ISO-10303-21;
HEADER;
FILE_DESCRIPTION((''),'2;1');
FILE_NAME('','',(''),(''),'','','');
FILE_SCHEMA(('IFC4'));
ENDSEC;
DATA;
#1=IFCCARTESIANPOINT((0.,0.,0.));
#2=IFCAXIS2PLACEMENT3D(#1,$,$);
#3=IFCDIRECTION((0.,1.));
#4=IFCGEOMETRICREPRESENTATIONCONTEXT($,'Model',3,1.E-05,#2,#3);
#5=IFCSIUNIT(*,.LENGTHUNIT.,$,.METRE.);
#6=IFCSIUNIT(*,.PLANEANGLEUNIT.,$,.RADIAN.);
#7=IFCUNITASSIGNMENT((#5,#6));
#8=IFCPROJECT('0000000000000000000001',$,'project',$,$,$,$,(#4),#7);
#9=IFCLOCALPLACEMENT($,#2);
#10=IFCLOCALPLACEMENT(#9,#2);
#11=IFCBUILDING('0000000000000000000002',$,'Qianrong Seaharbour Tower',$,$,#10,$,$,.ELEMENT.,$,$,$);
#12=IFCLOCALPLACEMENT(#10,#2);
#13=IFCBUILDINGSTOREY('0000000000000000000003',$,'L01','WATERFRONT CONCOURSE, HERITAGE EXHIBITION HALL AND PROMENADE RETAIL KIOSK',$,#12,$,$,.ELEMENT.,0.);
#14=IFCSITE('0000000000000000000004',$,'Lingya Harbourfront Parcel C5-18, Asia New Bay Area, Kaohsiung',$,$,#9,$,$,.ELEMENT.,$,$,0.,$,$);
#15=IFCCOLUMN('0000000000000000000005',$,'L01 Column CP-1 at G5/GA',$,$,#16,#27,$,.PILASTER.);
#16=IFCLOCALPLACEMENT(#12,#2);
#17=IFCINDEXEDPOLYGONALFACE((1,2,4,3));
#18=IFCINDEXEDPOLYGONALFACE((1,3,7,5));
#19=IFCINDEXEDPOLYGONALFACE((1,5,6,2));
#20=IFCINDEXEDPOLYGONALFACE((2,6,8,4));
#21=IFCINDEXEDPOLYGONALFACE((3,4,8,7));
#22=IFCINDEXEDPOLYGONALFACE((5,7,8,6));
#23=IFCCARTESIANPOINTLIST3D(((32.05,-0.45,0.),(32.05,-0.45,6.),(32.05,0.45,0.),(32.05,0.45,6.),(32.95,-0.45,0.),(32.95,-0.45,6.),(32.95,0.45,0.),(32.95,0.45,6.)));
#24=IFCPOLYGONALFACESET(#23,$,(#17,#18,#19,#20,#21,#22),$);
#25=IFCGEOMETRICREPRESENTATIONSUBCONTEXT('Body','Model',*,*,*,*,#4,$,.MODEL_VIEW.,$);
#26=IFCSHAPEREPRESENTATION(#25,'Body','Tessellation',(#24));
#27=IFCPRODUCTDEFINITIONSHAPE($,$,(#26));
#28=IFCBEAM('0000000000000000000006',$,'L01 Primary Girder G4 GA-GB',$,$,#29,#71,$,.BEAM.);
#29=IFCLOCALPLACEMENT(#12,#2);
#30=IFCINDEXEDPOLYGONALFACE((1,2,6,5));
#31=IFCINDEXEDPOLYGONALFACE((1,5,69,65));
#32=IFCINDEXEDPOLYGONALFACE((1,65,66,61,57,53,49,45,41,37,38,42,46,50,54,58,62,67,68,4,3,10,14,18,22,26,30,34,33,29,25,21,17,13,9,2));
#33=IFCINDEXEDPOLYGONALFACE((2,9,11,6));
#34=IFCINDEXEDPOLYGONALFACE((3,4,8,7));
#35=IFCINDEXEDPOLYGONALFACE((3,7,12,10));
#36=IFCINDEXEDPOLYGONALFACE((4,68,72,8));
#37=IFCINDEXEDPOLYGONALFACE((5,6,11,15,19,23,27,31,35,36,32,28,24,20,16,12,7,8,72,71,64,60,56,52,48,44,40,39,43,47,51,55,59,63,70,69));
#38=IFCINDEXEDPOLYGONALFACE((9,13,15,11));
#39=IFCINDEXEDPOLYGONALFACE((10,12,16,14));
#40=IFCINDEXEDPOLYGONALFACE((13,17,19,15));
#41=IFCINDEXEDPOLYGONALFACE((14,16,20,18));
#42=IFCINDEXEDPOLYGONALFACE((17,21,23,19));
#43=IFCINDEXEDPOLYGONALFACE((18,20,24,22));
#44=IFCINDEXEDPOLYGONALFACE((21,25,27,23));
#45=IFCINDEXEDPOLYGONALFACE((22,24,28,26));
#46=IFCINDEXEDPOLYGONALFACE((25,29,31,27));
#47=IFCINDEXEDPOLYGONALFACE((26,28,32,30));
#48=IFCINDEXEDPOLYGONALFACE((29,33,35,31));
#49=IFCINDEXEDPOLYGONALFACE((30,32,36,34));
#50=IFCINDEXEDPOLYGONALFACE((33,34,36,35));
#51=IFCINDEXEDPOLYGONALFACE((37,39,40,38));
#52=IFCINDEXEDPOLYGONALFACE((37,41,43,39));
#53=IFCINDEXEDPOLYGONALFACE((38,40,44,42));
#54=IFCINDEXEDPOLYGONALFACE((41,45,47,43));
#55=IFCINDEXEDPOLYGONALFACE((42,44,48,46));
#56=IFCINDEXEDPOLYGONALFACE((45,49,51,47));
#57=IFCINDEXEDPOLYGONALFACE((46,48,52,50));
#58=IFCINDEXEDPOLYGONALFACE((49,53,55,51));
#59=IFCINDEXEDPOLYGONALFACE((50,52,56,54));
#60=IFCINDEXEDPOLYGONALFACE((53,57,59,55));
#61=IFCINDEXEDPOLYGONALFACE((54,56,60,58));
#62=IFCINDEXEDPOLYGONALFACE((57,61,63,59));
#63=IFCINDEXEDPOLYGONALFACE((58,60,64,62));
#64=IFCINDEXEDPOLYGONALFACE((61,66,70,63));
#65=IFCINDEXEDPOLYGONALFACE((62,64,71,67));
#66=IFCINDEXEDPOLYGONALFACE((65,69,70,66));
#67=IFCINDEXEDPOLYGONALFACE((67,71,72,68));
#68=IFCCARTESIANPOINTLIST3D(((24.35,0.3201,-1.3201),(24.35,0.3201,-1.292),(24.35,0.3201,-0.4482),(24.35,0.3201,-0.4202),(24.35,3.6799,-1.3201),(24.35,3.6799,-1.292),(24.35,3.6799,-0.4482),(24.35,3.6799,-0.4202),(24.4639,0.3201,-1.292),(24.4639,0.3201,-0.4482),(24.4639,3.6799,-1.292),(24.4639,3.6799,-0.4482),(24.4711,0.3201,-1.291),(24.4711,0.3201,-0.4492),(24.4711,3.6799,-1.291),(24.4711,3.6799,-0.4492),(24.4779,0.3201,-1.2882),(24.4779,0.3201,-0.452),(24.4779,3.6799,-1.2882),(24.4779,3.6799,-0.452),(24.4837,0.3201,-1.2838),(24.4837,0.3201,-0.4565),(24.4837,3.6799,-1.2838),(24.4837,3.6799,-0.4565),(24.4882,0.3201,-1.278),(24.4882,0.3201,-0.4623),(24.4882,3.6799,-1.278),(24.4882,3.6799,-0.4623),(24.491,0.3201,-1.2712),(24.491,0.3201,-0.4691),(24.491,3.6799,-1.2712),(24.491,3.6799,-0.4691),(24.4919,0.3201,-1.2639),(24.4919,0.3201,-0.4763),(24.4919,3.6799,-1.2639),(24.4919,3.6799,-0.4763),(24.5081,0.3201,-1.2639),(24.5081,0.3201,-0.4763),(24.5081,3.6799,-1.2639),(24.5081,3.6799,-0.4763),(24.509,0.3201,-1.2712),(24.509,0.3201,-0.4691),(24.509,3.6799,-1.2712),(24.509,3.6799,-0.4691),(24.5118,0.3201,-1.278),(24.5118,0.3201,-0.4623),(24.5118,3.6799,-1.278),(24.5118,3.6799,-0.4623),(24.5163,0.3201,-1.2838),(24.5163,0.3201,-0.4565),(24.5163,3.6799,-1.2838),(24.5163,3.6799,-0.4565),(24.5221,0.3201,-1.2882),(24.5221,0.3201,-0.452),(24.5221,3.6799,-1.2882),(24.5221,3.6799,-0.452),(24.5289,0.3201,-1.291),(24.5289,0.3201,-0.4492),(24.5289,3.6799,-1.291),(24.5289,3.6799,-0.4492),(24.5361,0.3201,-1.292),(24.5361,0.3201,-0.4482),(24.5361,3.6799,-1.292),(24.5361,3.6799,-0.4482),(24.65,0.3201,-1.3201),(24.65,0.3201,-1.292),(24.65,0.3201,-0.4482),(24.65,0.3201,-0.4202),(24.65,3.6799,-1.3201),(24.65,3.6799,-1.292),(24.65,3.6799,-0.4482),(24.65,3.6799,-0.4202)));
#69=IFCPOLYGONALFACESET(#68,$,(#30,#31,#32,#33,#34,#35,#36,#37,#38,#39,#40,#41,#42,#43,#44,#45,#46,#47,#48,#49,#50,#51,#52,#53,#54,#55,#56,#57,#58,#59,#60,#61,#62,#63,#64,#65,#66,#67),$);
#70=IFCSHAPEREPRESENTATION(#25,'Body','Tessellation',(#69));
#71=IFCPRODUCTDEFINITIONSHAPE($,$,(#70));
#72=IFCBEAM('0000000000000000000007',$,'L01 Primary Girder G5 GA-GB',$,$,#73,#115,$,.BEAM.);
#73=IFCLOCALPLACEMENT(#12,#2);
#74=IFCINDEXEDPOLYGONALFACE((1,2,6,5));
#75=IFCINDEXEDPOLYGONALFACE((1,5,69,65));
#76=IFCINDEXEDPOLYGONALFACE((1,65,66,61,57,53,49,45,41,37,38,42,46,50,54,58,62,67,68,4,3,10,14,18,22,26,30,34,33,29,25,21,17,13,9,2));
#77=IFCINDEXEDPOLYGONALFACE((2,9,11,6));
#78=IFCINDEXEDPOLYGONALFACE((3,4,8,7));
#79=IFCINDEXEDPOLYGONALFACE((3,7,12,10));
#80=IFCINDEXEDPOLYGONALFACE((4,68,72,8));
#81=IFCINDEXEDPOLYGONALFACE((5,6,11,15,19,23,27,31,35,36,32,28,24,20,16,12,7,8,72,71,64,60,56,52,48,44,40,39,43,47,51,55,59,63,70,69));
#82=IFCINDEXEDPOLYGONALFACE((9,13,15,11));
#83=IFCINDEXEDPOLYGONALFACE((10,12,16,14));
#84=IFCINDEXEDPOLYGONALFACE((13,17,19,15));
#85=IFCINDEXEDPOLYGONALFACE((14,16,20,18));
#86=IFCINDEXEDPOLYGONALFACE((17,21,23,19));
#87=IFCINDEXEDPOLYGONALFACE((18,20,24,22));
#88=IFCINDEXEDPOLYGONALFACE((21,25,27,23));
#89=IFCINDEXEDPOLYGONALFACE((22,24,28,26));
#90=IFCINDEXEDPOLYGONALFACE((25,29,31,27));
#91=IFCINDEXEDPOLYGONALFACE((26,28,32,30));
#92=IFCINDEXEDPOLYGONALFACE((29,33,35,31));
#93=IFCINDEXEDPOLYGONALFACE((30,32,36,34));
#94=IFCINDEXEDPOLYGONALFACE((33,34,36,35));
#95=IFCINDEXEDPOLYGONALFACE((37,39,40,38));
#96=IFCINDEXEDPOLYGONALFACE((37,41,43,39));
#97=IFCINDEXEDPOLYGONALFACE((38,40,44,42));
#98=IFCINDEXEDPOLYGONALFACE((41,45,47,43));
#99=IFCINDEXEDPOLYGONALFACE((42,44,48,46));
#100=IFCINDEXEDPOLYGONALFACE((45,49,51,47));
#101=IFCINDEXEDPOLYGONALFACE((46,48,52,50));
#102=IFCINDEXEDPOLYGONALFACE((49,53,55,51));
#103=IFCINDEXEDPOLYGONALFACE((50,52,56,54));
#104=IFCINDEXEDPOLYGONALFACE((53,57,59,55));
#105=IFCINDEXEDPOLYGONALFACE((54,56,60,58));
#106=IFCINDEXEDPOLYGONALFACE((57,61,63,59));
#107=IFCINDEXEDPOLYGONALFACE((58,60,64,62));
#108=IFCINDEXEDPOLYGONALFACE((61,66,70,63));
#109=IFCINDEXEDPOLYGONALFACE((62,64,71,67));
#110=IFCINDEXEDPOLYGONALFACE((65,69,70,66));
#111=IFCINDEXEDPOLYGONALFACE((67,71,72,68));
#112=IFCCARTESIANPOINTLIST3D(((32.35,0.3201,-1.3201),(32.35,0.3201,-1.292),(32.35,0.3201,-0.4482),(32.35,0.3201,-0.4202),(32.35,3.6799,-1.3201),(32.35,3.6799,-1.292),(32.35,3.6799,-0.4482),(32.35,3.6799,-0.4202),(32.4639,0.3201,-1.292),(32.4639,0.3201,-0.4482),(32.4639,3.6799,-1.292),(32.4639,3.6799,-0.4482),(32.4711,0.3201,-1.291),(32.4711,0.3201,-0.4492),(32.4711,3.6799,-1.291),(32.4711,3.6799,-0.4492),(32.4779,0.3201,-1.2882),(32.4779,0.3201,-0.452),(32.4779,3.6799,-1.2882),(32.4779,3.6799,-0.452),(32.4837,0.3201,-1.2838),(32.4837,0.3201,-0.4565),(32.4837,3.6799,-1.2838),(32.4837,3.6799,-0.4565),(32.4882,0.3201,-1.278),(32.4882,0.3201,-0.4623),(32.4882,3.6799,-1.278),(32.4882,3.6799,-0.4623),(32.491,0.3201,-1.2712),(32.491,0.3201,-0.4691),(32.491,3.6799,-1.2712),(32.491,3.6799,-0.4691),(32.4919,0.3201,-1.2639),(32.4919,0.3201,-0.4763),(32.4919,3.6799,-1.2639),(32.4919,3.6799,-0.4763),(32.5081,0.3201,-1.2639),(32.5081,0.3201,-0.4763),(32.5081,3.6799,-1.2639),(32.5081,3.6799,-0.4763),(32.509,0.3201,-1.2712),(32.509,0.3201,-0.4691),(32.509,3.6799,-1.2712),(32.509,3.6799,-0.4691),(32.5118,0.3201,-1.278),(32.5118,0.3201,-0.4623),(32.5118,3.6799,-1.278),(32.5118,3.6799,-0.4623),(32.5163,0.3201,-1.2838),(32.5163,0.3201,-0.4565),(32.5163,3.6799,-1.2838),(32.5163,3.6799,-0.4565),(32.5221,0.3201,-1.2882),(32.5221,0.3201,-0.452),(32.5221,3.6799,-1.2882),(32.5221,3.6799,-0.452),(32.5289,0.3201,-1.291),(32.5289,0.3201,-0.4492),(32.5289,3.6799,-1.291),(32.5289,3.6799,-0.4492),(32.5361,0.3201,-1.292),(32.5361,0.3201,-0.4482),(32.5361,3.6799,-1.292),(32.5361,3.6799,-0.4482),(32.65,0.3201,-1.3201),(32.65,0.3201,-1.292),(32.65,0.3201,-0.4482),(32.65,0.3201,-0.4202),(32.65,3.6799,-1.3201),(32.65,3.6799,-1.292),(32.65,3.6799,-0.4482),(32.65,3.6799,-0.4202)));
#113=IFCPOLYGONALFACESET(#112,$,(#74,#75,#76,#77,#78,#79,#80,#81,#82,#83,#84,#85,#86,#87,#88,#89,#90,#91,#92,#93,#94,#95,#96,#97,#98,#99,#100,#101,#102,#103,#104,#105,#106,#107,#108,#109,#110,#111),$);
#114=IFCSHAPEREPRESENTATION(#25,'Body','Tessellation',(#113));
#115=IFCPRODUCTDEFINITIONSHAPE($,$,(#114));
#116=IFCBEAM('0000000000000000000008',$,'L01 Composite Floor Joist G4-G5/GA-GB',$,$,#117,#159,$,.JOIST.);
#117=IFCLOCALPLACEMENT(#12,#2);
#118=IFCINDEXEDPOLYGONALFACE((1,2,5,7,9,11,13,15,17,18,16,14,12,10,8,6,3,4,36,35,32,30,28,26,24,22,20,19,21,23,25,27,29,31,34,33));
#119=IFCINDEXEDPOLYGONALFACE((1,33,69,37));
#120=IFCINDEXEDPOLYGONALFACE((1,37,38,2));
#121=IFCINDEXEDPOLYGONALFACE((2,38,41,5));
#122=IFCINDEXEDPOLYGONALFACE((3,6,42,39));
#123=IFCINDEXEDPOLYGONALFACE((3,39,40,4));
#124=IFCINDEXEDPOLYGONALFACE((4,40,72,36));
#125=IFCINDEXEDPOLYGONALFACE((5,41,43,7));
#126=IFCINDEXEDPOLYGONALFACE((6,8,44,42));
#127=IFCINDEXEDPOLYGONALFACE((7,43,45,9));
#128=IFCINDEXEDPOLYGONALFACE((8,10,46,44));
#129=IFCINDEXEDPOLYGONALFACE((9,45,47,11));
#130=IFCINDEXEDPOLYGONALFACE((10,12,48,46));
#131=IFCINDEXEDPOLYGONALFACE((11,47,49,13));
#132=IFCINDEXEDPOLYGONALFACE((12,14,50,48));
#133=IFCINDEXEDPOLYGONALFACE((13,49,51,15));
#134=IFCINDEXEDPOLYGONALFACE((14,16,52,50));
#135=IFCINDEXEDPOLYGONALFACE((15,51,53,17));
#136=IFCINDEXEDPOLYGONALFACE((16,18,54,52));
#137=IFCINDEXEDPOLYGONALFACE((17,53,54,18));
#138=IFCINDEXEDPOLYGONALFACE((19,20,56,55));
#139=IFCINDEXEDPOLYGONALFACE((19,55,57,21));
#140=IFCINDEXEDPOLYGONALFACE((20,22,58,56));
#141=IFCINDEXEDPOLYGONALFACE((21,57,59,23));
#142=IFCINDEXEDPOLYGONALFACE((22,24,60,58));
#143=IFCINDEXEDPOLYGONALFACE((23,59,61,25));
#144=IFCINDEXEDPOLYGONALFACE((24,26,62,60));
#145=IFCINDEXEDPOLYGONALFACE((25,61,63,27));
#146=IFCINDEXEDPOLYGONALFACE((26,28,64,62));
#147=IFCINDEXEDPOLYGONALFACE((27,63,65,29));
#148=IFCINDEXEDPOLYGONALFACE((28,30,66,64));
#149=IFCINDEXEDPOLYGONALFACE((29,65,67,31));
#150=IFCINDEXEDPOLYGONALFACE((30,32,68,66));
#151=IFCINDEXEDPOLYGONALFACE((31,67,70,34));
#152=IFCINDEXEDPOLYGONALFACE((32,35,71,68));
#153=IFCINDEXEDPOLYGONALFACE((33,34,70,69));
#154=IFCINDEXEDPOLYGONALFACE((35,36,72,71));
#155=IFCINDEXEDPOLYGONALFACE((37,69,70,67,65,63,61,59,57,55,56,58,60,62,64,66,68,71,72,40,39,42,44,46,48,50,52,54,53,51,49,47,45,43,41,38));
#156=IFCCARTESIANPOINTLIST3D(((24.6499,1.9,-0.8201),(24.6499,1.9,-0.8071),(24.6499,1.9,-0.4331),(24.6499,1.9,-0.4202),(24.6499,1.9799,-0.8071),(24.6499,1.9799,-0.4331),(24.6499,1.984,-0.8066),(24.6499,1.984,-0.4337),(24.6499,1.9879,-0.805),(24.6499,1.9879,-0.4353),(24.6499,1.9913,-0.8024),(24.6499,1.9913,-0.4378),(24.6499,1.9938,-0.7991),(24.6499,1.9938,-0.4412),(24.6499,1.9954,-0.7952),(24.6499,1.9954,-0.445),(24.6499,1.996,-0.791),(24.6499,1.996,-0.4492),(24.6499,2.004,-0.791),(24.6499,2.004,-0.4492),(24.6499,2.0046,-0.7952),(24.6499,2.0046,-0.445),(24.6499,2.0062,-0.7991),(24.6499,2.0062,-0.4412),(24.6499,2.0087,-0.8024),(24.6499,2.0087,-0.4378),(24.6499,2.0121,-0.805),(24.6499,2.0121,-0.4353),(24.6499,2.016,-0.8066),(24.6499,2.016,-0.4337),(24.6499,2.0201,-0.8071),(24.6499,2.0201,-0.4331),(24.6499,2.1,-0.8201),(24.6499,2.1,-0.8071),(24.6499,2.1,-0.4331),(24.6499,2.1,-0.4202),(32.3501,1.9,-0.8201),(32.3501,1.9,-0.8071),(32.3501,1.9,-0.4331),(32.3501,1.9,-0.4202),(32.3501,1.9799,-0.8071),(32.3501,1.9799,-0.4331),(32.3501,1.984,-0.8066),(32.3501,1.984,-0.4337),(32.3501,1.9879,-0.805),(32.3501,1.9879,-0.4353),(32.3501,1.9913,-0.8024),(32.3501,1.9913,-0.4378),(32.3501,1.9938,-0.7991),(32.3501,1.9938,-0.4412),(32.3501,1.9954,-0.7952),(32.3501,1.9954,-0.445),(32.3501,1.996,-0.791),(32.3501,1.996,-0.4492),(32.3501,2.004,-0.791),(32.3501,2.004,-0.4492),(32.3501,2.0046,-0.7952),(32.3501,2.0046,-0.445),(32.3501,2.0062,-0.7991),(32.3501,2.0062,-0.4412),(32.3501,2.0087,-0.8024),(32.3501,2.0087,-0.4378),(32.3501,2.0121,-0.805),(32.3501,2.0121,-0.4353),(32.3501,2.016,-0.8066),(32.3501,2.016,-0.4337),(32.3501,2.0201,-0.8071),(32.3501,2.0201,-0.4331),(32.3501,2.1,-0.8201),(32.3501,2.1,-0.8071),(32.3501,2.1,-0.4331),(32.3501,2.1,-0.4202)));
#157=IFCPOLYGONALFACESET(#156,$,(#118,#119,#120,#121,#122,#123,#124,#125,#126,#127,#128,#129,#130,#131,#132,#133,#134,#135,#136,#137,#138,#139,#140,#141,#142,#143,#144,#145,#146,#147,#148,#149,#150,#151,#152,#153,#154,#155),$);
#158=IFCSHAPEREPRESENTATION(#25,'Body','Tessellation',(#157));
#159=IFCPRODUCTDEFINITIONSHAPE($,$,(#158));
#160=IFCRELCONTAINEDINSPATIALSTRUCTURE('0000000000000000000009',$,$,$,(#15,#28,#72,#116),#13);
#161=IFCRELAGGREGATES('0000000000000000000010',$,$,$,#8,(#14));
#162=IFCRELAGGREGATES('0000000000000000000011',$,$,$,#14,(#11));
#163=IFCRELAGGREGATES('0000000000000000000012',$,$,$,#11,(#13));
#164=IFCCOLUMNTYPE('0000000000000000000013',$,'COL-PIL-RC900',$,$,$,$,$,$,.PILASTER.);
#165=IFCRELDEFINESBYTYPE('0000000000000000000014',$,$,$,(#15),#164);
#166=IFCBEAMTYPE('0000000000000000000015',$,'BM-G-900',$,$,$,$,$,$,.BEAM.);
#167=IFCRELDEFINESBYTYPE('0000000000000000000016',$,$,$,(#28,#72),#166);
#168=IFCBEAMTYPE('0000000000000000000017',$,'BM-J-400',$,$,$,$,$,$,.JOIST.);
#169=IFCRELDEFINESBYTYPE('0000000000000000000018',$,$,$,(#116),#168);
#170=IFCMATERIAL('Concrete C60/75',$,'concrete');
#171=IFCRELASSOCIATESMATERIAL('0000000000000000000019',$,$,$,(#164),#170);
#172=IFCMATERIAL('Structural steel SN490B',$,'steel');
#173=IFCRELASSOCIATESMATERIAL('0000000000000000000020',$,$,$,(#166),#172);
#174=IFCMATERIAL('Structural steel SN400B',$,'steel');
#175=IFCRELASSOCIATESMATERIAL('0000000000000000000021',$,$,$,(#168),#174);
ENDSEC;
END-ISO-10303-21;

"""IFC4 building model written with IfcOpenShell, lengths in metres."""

from ifc_helpers import new_model, si_unit, direction, frame, origin, origin_2d, place, context, subcontext, project, spatial, rectangle, i_section, extrude, material, material_profile, profile_set, type_object, element, save


model = new_model("IFC4")

# Units and contexts
model_context = context("Model", 3, precision=1e-05, world=origin(), true_north=direction((0.0, 1.0)))
body_context = subcontext(model_context, "Body", "Model", "MODEL_VIEW")
ifc_project = project(units=[si_unit("LENGTHUNIT", "METRE"), si_unit("PLANEANGLEUNIT", "RADIAN")], contexts=[model_context])

# Site, building, storey
site_placement = place(None, origin())
site = spatial("IfcSite", under=ifc_project, at=site_placement, Name="Lingya Harbourfront Parcel C5-18, Asia New Bay Area, Kaohsiung", CompositionType="ELEMENT", RefElevation=0.0)
building_placement = place(site_placement, origin())
building = spatial("IfcBuilding", under=site, at=building_placement, Name="Qianrong Seaharbour Tower", CompositionType="ELEMENT")
storey_placement = place(building_placement, origin())
storey = spatial("IfcBuildingStorey", under=building, at=storey_placement, Name="L01", Description="WATERFRONT CONCOURSE, HERITAGE EXHIBITION HALL AND PROMENADE RETAIL KIOSK", CompositionType="ELEMENT", Elevation=0.0)

# Column
ifc_material_1 = material(Name="Concrete C60/75", Category="concrete")
ifc_material_profile_1 = material_profile(ifc_material_1, rectangle(XDim=0.8999, YDim=0.8999, at=origin_2d()), Name="RC900x900")
ifc_profile_set_1 = profile_set([ifc_material_profile_1], Name="Concrete C60/75")
column_type = type_object("IfcColumnType", Name="COL-PIL-RC900", PredefinedType="PILASTER", material=ifc_profile_set_1)
column_placement = place(storey_placement, frame((32.5, 0.0, 0.0), z_axis=(0.0, 0.0, 1.0), x_axis=(1.0, 0.0, 0.0)))
element("IfcColumn", 1, at=column_placement, inside=storey, type_object=column_type, Name="L01 Column CP-1 at G5/GA", PredefinedType="PILASTER", context=body_context, shape_type="SweptSolid", body=[
    extrude(rectangle(XDim=0.8999, YDim=0.8999, at=origin_2d()), origin(), (0.0, 0.0, 1.0), 6.0),
])

# Beams
ifc_material_2 = material(Name="Structural steel SN490B", Category="steel")
ifc_material_profile_2 = material_profile(ifc_material_2, i_section(OverallWidth=0.3, OverallDepth=0.8999, WebThickness=0.0161, FlangeThickness=0.0281, FilletRadius=0.0281, at=origin_2d()), Name="H900x300x16x28")
ifc_profile_set_2 = profile_set([ifc_material_profile_2], Name="Structural steel SN490B")
beam_type_1 = type_object("IfcBeamType", Name="BM-G-900", PredefinedType="BEAM", material=ifc_profile_set_2)
for number, where, z_axis, x_axis, name in (
    (2, (24.5, 0.3201, -0.8701), (0.0, 1.0, 0.0), (-1.0, 0.0, 0.0), "L01 Primary Girder G4 GA-GB"),
    (3, (32.5, 0.3201, -0.8701), (0.0, 1.0, 0.0), (-1.0, 0.0, 0.0), "L01 Primary Girder G5 GA-GB"),
):
    element("IfcBeam", number, at=place(storey_placement, frame(where, z_axis=z_axis, x_axis=x_axis)), inside=storey, type_object=beam_type_1, Name=name, PredefinedType="BEAM", context=body_context, shape_type="SweptSolid", body=[
        extrude(i_section(OverallWidth=0.3, OverallDepth=0.8999, WebThickness=0.0161, FlangeThickness=0.0281, FilletRadius=0.0281, at=origin_2d()), origin(), (0.0, 0.0, 1.0), 3.3599),
    ])
ifc_material_3 = material(Name="Structural steel SN400B", Category="steel")
ifc_material_profile_3 = material_profile(ifc_material_3, i_section(OverallWidth=0.2, OverallDepth=0.3999, WebThickness=0.0081, FlangeThickness=0.0129, FilletRadius=0.0161, at=origin_2d()), Name="H400x200x8x13")
ifc_profile_set_3 = profile_set([ifc_material_profile_3], Name="Structural steel SN400B")
beam_type_2 = type_object("IfcBeamType", Name="BM-J-400", PredefinedType="JOIST", material=ifc_profile_set_3)
for number, where, z_axis, x_axis, name in (
    (4, (24.6499, 2.0, -0.6201), (1.0, 0.0, 0.0), (0.0, 1.0, 0.0), "L01 Composite Floor Joist G4-G5/GA-GB"),
):
    element("IfcBeam", number, at=place(storey_placement, frame(where, z_axis=z_axis, x_axis=x_axis)), inside=storey, type_object=beam_type_2, Name=name, PredefinedType="JOIST", context=body_context, shape_type="SweptSolid", body=[
        extrude(i_section(OverallWidth=0.2, OverallDepth=0.3999, WebThickness=0.0081, FlangeThickness=0.0129, FilletRadius=0.0161, at=origin_2d()), origin(), (0.0, 0.0, 1.0), 7.7002),
    ])

save(model, "model.ifc")
